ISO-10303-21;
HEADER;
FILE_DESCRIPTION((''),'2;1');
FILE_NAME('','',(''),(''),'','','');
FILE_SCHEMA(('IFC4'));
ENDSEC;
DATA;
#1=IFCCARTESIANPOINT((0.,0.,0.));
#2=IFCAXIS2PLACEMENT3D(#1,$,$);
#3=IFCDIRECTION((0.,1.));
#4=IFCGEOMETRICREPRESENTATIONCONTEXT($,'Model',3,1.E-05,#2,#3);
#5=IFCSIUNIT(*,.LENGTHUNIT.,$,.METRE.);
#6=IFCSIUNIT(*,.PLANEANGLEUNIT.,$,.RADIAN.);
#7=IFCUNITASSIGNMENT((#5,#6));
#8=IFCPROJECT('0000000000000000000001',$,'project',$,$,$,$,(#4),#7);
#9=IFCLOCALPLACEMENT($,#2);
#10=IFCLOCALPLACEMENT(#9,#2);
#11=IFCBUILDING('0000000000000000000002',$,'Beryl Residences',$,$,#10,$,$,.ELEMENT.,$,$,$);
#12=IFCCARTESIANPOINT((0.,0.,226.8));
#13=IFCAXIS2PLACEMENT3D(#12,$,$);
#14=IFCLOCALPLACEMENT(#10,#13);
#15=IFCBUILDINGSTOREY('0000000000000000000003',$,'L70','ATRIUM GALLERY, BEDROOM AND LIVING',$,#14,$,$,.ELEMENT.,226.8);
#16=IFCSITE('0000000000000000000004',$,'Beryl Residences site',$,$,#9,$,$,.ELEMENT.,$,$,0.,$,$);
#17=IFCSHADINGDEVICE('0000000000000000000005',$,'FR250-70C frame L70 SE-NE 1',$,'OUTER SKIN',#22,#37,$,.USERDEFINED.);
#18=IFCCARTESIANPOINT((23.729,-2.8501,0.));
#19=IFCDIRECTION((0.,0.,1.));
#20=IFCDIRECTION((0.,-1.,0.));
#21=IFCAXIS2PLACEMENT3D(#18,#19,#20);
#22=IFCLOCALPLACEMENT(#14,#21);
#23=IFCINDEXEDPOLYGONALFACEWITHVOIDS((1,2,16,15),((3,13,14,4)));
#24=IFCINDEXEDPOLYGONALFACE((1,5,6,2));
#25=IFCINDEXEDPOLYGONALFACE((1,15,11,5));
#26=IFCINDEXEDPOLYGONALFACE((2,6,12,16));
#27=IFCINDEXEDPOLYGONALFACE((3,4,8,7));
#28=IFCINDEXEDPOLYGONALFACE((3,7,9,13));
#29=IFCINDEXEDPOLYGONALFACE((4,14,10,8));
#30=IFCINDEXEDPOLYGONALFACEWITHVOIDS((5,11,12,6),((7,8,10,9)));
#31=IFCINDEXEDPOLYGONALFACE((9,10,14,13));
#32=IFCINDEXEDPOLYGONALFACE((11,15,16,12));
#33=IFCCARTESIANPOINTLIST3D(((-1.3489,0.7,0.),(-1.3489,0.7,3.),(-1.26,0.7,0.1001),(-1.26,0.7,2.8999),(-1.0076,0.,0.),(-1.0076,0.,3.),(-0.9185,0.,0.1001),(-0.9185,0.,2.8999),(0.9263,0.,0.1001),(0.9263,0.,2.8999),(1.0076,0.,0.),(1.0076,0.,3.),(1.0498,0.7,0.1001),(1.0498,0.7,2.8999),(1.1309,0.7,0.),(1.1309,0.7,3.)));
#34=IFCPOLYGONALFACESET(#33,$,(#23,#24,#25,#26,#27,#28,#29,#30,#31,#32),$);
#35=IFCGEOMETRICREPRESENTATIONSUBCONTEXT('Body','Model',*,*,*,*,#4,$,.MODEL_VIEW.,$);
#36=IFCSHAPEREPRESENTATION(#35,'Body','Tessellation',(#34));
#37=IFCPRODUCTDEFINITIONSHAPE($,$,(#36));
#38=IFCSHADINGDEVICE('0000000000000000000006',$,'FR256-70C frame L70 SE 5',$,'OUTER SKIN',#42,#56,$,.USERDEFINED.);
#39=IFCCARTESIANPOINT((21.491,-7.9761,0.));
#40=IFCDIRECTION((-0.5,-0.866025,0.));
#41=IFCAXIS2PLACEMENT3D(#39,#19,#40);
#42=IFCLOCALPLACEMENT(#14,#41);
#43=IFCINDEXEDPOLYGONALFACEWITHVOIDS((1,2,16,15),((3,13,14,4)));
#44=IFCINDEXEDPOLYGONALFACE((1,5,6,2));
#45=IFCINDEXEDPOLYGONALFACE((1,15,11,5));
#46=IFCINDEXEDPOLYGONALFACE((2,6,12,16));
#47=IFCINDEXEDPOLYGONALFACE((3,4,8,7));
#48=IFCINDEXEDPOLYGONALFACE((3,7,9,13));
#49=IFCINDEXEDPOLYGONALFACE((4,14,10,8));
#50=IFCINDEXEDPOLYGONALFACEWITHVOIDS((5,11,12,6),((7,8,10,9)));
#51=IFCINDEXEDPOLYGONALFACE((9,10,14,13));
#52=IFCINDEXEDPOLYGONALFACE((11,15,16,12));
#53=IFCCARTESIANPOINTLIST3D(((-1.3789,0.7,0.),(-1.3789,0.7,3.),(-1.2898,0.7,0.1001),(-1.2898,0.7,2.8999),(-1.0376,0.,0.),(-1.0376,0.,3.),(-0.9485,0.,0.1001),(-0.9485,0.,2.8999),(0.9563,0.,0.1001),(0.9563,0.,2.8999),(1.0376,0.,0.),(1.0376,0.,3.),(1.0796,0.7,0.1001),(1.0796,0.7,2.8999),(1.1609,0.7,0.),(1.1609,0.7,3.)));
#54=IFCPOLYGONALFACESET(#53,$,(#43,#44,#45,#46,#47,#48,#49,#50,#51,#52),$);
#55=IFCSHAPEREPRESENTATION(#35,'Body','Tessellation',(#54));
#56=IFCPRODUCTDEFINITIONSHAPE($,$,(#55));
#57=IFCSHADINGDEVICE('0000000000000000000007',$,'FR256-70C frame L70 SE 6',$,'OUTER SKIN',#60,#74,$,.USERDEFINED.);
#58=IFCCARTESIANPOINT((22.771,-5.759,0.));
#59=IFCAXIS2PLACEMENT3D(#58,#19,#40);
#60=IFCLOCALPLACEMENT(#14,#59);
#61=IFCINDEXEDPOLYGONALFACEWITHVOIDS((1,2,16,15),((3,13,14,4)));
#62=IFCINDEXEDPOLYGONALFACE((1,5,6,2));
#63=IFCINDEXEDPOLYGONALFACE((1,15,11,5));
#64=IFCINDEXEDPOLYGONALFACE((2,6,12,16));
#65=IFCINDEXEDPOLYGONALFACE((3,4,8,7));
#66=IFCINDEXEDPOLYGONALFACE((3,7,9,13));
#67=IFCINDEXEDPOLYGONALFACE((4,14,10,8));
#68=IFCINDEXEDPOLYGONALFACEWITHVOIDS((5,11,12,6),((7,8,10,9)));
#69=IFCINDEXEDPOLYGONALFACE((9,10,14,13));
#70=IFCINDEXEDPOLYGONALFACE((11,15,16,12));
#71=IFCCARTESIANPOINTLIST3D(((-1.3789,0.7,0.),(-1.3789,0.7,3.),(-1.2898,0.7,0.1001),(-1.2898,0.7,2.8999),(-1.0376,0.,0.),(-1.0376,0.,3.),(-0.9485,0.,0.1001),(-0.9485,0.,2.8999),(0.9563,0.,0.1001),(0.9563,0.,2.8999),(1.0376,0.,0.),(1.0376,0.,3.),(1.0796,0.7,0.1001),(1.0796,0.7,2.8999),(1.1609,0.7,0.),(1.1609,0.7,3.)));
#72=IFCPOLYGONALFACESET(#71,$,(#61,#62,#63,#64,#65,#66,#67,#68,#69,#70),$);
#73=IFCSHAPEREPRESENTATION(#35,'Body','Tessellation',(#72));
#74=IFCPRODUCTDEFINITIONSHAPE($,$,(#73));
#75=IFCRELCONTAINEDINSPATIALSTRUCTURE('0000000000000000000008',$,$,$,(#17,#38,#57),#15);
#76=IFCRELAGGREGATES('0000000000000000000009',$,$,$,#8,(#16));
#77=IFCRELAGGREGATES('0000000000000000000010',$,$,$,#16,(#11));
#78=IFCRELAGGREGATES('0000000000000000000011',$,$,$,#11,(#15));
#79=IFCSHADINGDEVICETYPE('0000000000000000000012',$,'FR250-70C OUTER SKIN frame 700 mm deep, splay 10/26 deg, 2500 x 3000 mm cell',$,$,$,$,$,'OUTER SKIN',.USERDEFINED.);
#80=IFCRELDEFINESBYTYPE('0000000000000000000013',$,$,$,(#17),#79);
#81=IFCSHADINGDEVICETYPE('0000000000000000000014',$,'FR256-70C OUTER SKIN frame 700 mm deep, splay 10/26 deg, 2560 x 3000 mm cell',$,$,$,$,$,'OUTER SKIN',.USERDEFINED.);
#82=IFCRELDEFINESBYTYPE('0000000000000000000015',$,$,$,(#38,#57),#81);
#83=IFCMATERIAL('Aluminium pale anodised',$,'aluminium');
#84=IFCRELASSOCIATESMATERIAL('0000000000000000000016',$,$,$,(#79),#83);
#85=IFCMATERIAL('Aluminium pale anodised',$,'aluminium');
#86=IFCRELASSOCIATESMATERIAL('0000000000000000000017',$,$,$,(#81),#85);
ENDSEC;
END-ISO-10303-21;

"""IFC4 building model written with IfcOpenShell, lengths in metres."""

from ifc_helpers import new_model, entity, si_unit, direction, frame, origin, place, context, subcontext, project, spatial, source, transform, mapped, material, type_object, type_shapes, element, save


model = new_model("IFC4")

# Units and contexts
model_context = context("Model", 3, precision=1e-05, world=origin(), true_north=direction((0.0, 1.0)))
body_context = subcontext(model_context, "Body", "Model", "MODEL_VIEW")
ifc_project = project(units=[si_unit("LENGTHUNIT", "METRE"), si_unit("PLANEANGLEUNIT", "RADIAN")], contexts=[model_context])

# Site, building, storey
site_placement = place(None, origin())
site = spatial("IfcSite", under=ifc_project, at=site_placement, Name="Beryl Residences site", CompositionType="ELEMENT", RefElevation=0.0)
building_placement = place(site_placement, origin())
building = spatial("IfcBuilding", under=site, at=building_placement, Name="Beryl Residences", CompositionType="ELEMENT")
storey_placement = place(building_placement, frame((0.0, 0.0, 226.8)))
storey = spatial("IfcBuildingStorey", under=building, at=storey_placement, Name="L70", Description="ATRIUM GALLERY, BEDROOM AND LIVING", CompositionType="ELEMENT", Elevation=226.8)

# Shading devices
ifc_material_1 = material(Name="Aluminium pale anodised", Category="aluminium")
shading_device_type_1 = type_object("IfcShadingDeviceType", Name="FR250-70C OUTER SKIN frame 700 mm deep, splay 10/26 deg, 2500 x 3000 mm cell", ElementType="OUTER SKIN", PredefinedType="USERDEFINED", material=ifc_material_1)
cartesian_point_1 = entity("IfcCartesianPoint", [-1.0076, 0.0])
cartesian_point_2 = entity("IfcCartesianPoint", [-0.9263, 0.1001])
cartesian_point_3 = entity("IfcCartesianPoint", [-1.1309, 0.0])
cartesian_point_4 = entity("IfcCartesianPoint", [-1.0498, 0.1001])
shared_shape_1 = source(origin(), body_context, "Body", "SweptSolid", [
    entity("IfcExtrudedAreaSolidTapered", entity("IfcArbitraryProfileDefWithVoids", "AREA", None, entity("IfcPolyline", [cartesian_point_1, entity("IfcCartesianPoint", [1.0076, 0.0]), entity("IfcCartesianPoint", [1.0076, 3.0]), entity("IfcCartesianPoint", [-1.0076, 3.0]), cartesian_point_1]), [entity("IfcPolyline", [cartesian_point_2, entity("IfcCartesianPoint", [0.9185, 0.1001]), entity("IfcCartesianPoint", [0.9185, 2.8999]), entity("IfcCartesianPoint", [-0.9263, 2.8999]), cartesian_point_2])]), entity("IfcAxis2Placement3D", entity("IfcCartesianPoint", [0.0, 0.0, 0.0]), entity("IfcDirection", [0.0, 1.0, 0.0]), entity("IfcDirection", [-1.0, 0.0, 0.0])), entity("IfcDirection", [0.0, 0.0, 1.0]), 0.7, entity("IfcArbitraryProfileDefWithVoids", "AREA", None, entity("IfcPolyline", [cartesian_point_3, entity("IfcCartesianPoint", [1.3489, 0.0]), entity("IfcCartesianPoint", [1.3489, 3.0]), entity("IfcCartesianPoint", [-1.1309, 3.0]), cartesian_point_3]), [entity("IfcPolyline", [cartesian_point_4, entity("IfcCartesianPoint", [1.26, 0.1001]), entity("IfcCartesianPoint", [1.26, 2.8999]), entity("IfcCartesianPoint", [-1.0498, 2.8999]), cartesian_point_4])])),
])
type_shapes(shading_device_type_1, [shared_shape_1])
shading_device_placement = place(storey_placement, frame((23.729, -2.8501, 0.0), z_axis=(0.0, 0.0, 1.0), x_axis=(0.0, -1.0, 0.0)))
element("IfcShadingDevice", 1, at=shading_device_placement, inside=storey, type_object=shading_device_type_1, Name="FR250-70C frame L70 SE-NE 1", ObjectType="OUTER SKIN", PredefinedType="USERDEFINED", context=body_context, shape_type="MappedRepresentation", body=[
    mapped(shared_shape_1, transform((0.0, 0.0, 0.0))),
])
ifc_material_2 = material(Name="Aluminium pale anodised", Category="aluminium")
shading_device_type_2 = type_object("IfcShadingDeviceType", Name="FR256-70C OUTER SKIN frame 700 mm deep, splay 10/26 deg, 2560 x 3000 mm cell", ElementType="OUTER SKIN", PredefinedType="USERDEFINED", material=ifc_material_2)
cartesian_point_5 = entity("IfcCartesianPoint", [-1.0376, 0.0])
cartesian_point_6 = entity("IfcCartesianPoint", [-0.9563, 0.1001])
cartesian_point_7 = entity("IfcCartesianPoint", [-1.1609, 0.0])
cartesian_point_8 = entity("IfcCartesianPoint", [-1.0796, 0.1001])
shared_shape_2 = source(origin(), body_context, "Body", "SweptSolid", [
    entity("IfcExtrudedAreaSolidTapered", entity("IfcArbitraryProfileDefWithVoids", "AREA", None, entity("IfcPolyline", [cartesian_point_5, entity("IfcCartesianPoint", [1.0376, 0.0]), entity("IfcCartesianPoint", [1.0376, 3.0]), entity("IfcCartesianPoint", [-1.0376, 3.0]), cartesian_point_5]), [entity("IfcPolyline", [cartesian_point_6, entity("IfcCartesianPoint", [0.9485, 0.1001]), entity("IfcCartesianPoint", [0.9485, 2.8999]), entity("IfcCartesianPoint", [-0.9563, 2.8999]), cartesian_point_6])]), entity("IfcAxis2Placement3D", entity("IfcCartesianPoint", [0.0, 0.0, 0.0]), entity("IfcDirection", [0.0, 1.0, 0.0]), entity("IfcDirection", [-1.0, 0.0, 0.0])), entity("IfcDirection", [0.0, 0.0, 1.0]), 0.7, entity("IfcArbitraryProfileDefWithVoids", "AREA", None, entity("IfcPolyline", [cartesian_point_7, entity("IfcCartesianPoint", [1.3789, 0.0]), entity("IfcCartesianPoint", [1.3789, 3.0]), entity("IfcCartesianPoint", [-1.1609, 3.0]), cartesian_point_7]), [entity("IfcPolyline", [cartesian_point_8, entity("IfcCartesianPoint", [1.2898, 0.1001]), entity("IfcCartesianPoint", [1.2898, 2.8999]), entity("IfcCartesianPoint", [-1.0796, 2.8999]), cartesian_point_8])])),
])
type_shapes(shading_device_type_2, [shared_shape_2])
for number, where, z_axis, x_axis, name in (
    (2, (21.491, -7.9761, 0.0), (0.0, 0.0, 1.0), (-0.5, -0.866025, 0.0), "FR256-70C frame L70 SE 5"),
    (3, (22.771, -5.759, 0.0), (0.0, 0.0, 1.0), (-0.5, -0.866025, 0.0), "FR256-70C frame L70 SE 6"),
):
    element("IfcShadingDevice", number, at=place(storey_placement, frame(where, z_axis=z_axis, x_axis=x_axis)), inside=storey, type_object=shading_device_type_2, Name=name, ObjectType="OUTER SKIN", PredefinedType="USERDEFINED", context=body_context, shape_type="MappedRepresentation", body=[
        mapped(shared_shape_2, transform((0.0, 0.0, 0.0))),
    ])

save(model, "model.ifc")
